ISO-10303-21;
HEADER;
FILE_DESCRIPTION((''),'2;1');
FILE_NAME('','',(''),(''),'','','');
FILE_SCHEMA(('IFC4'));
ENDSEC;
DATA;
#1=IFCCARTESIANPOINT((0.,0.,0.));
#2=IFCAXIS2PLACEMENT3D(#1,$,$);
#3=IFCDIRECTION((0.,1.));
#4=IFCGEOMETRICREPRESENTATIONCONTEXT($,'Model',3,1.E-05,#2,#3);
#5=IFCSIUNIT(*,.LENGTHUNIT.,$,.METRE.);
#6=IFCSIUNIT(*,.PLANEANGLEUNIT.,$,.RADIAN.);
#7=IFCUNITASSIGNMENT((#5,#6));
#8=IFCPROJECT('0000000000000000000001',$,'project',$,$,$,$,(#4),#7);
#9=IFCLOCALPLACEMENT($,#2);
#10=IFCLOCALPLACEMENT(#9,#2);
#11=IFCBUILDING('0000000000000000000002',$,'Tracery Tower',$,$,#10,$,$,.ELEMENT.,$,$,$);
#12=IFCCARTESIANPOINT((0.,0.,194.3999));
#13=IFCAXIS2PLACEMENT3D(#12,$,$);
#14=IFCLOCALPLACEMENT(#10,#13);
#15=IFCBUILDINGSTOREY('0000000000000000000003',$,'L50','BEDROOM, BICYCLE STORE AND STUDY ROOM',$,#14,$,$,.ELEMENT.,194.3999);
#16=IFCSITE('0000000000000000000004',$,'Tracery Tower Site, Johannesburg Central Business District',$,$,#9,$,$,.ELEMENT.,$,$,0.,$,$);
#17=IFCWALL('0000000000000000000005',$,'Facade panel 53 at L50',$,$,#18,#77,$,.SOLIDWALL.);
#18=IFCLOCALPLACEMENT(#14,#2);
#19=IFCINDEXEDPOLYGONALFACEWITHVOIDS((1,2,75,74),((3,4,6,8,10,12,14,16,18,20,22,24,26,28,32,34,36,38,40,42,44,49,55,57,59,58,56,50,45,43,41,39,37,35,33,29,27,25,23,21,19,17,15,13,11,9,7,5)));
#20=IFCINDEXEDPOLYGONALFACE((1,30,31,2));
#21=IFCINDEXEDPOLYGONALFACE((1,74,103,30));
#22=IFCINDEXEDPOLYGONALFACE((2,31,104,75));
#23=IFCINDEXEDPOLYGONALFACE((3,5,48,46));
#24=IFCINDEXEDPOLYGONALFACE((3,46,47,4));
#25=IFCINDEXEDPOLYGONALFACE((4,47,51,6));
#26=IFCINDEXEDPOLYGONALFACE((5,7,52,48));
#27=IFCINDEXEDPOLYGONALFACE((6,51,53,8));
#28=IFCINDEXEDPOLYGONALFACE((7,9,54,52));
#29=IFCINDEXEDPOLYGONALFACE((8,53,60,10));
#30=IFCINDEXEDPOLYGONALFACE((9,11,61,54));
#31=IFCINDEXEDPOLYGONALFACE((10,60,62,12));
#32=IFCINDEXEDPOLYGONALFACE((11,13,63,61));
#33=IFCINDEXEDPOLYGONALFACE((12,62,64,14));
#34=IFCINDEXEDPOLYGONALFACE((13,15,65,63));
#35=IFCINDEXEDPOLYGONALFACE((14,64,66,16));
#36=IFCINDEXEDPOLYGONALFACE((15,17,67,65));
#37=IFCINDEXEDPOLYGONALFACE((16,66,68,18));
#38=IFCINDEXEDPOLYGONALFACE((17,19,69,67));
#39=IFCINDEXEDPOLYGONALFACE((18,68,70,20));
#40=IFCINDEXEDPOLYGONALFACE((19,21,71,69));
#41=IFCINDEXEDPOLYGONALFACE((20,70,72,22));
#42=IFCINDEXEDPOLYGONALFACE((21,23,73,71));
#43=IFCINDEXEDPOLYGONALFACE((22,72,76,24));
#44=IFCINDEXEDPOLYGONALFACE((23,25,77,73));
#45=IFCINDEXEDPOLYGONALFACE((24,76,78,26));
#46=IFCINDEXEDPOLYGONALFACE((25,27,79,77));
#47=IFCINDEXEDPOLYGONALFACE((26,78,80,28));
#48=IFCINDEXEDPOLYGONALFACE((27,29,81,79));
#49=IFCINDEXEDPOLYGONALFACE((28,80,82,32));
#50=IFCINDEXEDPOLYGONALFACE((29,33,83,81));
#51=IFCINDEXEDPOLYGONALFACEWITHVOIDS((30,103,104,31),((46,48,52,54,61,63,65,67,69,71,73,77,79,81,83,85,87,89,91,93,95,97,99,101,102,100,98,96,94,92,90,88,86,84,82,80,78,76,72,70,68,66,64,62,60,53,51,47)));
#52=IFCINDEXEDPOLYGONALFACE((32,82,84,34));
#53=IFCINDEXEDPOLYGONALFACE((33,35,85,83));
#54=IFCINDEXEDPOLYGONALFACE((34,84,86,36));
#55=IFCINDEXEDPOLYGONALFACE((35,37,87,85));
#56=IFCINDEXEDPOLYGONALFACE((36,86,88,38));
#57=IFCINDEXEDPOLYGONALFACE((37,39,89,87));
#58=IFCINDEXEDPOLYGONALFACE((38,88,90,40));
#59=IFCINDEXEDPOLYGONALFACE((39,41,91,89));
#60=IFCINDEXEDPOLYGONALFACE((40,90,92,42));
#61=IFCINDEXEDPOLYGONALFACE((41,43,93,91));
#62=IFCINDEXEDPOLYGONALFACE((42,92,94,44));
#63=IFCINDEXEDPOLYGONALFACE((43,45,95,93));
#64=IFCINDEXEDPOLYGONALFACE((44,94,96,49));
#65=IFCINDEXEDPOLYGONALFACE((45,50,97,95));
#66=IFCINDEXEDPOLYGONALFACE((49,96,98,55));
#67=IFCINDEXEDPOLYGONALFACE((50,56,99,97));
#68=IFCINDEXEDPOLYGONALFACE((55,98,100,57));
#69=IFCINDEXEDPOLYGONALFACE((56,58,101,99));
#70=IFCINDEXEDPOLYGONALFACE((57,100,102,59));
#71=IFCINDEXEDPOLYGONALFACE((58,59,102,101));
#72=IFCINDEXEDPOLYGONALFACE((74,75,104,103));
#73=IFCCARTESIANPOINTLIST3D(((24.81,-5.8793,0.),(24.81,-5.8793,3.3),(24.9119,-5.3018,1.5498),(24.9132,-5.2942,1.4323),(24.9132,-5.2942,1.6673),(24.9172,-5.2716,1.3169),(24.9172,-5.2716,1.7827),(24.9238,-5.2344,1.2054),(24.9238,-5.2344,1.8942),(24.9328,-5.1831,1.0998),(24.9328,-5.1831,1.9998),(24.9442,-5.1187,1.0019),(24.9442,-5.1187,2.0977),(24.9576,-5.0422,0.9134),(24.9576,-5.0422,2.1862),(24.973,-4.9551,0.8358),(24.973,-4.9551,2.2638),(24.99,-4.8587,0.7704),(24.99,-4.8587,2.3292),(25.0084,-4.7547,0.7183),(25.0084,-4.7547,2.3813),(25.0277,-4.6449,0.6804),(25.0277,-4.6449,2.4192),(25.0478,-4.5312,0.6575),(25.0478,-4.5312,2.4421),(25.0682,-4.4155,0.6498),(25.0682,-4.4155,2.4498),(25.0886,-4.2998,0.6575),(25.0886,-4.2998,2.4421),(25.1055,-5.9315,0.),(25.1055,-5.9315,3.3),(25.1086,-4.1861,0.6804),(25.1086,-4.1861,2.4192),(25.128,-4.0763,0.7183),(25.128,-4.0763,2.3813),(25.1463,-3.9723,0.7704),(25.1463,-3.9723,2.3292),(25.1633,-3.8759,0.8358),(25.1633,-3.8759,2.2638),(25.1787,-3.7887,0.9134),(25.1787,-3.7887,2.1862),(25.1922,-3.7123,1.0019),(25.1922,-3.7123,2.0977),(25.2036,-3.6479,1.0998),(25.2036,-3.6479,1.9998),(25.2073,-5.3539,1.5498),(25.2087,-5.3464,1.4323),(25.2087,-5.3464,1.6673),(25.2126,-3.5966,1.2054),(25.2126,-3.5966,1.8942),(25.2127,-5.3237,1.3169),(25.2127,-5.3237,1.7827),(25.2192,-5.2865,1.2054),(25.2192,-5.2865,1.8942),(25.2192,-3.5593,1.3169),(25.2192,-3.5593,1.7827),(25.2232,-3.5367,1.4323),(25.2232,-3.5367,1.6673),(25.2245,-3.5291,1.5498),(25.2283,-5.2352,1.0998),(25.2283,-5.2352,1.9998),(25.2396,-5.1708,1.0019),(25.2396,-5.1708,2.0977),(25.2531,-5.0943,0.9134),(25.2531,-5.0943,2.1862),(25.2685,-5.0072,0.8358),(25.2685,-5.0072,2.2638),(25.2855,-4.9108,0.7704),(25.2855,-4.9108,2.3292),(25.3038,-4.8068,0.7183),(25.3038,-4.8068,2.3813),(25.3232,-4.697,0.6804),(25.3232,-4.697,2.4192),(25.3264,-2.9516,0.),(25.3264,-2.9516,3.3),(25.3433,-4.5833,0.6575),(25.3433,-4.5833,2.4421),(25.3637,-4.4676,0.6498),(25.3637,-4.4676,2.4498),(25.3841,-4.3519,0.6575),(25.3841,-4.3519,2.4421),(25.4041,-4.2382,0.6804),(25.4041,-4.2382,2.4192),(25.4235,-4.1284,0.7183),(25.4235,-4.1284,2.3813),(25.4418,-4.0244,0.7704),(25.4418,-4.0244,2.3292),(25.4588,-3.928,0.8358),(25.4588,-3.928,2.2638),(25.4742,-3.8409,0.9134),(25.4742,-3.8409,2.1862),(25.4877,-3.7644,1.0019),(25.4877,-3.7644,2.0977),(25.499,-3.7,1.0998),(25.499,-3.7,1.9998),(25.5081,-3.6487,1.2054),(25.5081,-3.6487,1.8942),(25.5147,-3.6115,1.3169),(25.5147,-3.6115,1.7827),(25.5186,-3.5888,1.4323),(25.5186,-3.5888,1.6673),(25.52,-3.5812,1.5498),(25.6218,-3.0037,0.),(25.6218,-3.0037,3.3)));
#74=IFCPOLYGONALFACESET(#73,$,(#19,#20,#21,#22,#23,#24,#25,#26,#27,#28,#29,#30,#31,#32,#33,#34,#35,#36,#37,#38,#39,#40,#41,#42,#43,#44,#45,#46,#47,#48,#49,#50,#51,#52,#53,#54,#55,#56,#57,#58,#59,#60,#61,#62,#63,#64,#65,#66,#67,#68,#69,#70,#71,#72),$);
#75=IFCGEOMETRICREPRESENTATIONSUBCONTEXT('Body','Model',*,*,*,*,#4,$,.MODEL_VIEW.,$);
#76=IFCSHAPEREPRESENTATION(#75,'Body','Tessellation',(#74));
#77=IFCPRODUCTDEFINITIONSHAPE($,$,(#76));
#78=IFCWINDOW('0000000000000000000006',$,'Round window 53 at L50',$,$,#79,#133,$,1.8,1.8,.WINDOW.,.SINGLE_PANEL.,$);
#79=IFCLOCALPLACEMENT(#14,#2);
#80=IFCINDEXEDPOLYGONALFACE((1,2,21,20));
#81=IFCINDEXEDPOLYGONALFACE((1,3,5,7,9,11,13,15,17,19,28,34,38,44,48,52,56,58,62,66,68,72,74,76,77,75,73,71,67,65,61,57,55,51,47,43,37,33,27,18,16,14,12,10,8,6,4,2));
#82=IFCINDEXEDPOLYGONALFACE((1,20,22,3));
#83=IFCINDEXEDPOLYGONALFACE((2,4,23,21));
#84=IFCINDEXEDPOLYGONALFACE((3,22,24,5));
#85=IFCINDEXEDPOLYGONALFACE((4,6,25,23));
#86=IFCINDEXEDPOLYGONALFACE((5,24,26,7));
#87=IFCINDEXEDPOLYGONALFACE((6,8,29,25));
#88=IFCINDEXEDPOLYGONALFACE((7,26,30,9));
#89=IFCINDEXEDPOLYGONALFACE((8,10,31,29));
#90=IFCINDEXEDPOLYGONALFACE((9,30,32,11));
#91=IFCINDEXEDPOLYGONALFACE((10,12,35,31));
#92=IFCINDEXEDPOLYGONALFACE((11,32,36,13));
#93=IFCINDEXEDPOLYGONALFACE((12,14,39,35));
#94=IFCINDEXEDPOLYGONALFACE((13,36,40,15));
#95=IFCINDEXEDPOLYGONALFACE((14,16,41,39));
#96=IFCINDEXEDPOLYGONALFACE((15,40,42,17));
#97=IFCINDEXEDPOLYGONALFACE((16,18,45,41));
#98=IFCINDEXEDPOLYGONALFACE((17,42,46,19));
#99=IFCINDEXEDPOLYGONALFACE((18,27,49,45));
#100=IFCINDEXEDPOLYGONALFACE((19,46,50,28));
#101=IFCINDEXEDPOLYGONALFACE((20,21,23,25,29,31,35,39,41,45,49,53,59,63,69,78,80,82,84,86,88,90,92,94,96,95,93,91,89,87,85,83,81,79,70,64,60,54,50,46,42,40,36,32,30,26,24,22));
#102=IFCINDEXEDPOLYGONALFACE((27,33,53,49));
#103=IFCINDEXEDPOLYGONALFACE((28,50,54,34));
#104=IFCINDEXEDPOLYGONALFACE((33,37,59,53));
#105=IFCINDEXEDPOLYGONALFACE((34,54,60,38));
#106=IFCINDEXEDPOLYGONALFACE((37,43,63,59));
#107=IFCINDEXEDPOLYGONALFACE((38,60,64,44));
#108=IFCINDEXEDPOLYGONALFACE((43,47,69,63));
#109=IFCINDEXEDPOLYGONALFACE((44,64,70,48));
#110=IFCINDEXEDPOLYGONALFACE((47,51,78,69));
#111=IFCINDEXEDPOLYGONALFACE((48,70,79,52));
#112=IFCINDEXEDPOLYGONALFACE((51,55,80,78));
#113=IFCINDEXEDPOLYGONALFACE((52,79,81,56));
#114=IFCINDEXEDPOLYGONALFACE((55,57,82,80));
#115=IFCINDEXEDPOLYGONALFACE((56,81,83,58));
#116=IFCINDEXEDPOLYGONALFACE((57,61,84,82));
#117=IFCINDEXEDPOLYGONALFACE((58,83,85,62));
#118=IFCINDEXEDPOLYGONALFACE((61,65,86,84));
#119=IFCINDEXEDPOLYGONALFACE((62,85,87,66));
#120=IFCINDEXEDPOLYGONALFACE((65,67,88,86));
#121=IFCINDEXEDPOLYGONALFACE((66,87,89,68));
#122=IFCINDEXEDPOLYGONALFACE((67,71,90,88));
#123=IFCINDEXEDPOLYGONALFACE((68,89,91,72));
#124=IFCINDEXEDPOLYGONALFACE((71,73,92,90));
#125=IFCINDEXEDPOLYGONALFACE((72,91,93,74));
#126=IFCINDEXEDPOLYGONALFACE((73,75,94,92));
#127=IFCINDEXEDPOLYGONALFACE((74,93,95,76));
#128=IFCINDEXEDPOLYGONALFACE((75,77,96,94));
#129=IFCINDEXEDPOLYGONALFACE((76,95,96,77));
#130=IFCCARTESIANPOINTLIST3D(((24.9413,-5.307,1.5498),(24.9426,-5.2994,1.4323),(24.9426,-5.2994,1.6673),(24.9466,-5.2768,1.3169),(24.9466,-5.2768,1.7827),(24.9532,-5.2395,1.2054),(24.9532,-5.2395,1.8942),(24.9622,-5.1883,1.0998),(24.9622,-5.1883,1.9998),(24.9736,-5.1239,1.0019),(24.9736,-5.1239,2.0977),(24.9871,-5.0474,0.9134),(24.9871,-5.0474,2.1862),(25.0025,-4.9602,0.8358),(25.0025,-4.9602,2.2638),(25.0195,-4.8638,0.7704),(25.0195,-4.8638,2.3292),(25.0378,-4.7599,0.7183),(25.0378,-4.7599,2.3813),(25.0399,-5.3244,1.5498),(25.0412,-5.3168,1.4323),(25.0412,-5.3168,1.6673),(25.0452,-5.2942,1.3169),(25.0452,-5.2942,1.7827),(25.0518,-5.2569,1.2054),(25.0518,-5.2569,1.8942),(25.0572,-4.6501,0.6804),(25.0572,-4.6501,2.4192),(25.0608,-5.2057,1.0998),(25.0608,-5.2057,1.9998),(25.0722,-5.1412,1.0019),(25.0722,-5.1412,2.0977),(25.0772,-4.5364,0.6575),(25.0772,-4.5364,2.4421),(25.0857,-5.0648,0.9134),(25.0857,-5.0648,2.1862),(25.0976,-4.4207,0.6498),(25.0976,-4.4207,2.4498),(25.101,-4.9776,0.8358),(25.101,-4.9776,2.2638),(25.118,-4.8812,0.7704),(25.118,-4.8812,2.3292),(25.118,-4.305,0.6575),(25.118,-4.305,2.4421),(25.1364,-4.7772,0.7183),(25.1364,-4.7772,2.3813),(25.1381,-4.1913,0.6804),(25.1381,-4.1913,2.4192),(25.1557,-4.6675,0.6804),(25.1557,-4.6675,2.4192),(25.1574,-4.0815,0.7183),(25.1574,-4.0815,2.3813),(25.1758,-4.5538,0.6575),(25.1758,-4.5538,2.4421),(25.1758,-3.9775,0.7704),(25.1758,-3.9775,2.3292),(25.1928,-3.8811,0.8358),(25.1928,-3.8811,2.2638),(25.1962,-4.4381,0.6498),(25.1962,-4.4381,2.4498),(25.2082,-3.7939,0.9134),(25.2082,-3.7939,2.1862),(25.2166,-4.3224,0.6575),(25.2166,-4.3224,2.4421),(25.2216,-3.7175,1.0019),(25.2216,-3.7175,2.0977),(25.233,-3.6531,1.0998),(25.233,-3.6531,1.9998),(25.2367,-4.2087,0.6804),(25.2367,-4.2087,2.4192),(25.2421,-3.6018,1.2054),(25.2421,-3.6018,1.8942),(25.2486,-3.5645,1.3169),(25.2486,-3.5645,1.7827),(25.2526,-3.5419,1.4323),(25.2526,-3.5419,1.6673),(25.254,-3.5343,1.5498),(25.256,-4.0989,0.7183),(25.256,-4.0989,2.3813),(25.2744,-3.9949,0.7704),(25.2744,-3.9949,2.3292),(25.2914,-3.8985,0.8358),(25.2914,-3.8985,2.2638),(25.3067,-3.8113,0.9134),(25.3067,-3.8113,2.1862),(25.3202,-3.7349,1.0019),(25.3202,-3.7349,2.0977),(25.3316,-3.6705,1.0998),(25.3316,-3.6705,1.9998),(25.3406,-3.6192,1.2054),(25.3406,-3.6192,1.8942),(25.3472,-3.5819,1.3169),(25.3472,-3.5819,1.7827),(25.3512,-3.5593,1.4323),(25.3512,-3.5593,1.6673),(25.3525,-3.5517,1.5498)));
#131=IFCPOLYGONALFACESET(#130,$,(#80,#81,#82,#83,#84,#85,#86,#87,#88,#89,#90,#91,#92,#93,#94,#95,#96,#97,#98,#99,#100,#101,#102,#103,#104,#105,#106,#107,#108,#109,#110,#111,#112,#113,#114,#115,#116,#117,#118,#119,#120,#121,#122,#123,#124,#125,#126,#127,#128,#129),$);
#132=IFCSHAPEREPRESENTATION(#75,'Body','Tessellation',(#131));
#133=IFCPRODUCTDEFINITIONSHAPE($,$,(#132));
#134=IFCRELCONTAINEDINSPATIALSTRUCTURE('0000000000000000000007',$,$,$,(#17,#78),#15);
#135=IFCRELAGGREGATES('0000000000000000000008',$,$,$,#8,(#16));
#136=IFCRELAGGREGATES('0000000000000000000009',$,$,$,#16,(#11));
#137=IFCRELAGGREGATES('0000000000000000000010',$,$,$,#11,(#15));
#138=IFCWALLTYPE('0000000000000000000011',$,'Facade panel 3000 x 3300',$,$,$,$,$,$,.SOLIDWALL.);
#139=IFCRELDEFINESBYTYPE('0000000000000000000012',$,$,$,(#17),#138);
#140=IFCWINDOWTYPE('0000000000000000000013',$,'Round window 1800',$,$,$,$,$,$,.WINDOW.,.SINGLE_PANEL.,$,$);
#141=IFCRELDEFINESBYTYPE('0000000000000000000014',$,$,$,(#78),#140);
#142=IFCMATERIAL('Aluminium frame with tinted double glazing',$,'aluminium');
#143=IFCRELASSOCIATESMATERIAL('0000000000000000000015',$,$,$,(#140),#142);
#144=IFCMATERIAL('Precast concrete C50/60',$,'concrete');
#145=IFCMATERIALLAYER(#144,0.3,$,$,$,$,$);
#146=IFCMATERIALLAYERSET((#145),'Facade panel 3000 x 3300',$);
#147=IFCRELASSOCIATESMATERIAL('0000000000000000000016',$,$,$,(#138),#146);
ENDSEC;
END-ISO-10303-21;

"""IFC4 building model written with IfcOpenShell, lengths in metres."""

from ifc_helpers import new_model, si_unit, direction, frame, frame_2d, origin, origin_2d, place, context, subcontext, project, spatial, rectangle, circle, extrude, material, layer, layer_set, type_object, element, fill, save


model = new_model("IFC4")

# Units and contexts
model_context = context("Model", 3, precision=1e-05, world=origin(), true_north=direction((0.0, 1.0)))
body_context = subcontext(model_context, "Body", "Model", "MODEL_VIEW")
ifc_project = project(units=[si_unit("LENGTHUNIT", "METRE"), si_unit("PLANEANGLEUNIT", "RADIAN")], contexts=[model_context])

# Site, building, storey
site_placement = place(None, origin())
site = spatial("IfcSite", under=ifc_project, at=site_placement, Name="Tracery Tower Site, Johannesburg Central Business District", CompositionType="ELEMENT", RefElevation=0.0)
building_placement = place(site_placement, origin())
building = spatial("IfcBuilding", under=site, at=building_placement, Name="Tracery Tower", CompositionType="ELEMENT")
storey_placement = place(building_placement, frame((0.0, 0.0, 194.3999)))
storey = spatial("IfcBuildingStorey", under=building, at=storey_placement, Name="L50", Description="BEDROOM, BICYCLE STORE AND STUDY ROOM", CompositionType="ELEMENT", Elevation=194.3999)

# Wall, opening, window
ifc_material_1 = material(Name="Aluminium frame with tinted double glazing", Category="aluminium")
window_type = type_object("IfcWindowType", Name="Round window 1800", PartitioningType="SINGLE_PANEL", PredefinedType="WINDOW", material=ifc_material_1)
ifc_material_2 = material(Name="Precast concrete C50/60", Category="concrete")
ifc_layer_1 = layer(ifc_material_2, 0.3)
ifc_layer_set_1 = layer_set([ifc_layer_1], Name="Facade panel 3000 x 3300")
wall_type_1 = type_object("IfcWallType", Name="Facade panel 3000 x 3300", PredefinedType="SOLIDWALL", material=ifc_layer_set_1)
wall_1_placement = place(storey_placement, frame((24.9578, -5.9053, 0.0), z_axis=(0.0, 0.0, 1.0), x_axis=(0.173687, 0.984801, 0.0)))
wall_1 = element("IfcWall", 1, at=wall_1_placement, inside=storey, type_object=wall_type_1, Name="Facade panel 53 at L50", PredefinedType="SOLIDWALL", context=body_context, shape_type="SweptSolid", body=[
    extrude(rectangle(XDim=2.9729, YDim=0.3, at=frame_2d((1.4863, 0.0))), origin(), (0.0, 0.0, 1.0), 3.3),
])
opening_1_placement = place(wall_1_placement, frame((1.4863, 0.0, 1.5498)))
opening_1 = element("IfcOpeningElement", 2, at=opening_1_placement, cuts=wall_1, PredefinedType="OPENING", context=body_context, shape_type="SweptSolid", body=[
    extrude(circle(Radius=0.9, at=origin_2d()), frame((0.0, 0.1599, 0.0), z_axis=(0.0, -1.0, 0.0), x_axis=(1.0, 0.0, 0.0)), (0.0, 0.0, 1.0), 0.3201),
])
window_1_placement = place(opening_1_placement, origin())
window_1 = element("IfcWindow", 3, at=window_1_placement, inside=storey, type_object=window_type, Name="Round window 53 at L50", OverallHeight=1.8, OverallWidth=1.8, PartitioningType="SINGLE_PANEL", PredefinedType="WINDOW", context=body_context, shape_type="SweptSolid", body=[
    extrude(circle(Radius=0.9, at=origin_2d()), frame((0.0, 0.1201, 0.0), z_axis=(0.0, -1.0, 0.0), x_axis=(1.0, 0.0, 0.0)), (0.0, 0.0, 1.0), 0.1001),
])
fill(opening_1, window_1)

save(model, "model.ifc")
